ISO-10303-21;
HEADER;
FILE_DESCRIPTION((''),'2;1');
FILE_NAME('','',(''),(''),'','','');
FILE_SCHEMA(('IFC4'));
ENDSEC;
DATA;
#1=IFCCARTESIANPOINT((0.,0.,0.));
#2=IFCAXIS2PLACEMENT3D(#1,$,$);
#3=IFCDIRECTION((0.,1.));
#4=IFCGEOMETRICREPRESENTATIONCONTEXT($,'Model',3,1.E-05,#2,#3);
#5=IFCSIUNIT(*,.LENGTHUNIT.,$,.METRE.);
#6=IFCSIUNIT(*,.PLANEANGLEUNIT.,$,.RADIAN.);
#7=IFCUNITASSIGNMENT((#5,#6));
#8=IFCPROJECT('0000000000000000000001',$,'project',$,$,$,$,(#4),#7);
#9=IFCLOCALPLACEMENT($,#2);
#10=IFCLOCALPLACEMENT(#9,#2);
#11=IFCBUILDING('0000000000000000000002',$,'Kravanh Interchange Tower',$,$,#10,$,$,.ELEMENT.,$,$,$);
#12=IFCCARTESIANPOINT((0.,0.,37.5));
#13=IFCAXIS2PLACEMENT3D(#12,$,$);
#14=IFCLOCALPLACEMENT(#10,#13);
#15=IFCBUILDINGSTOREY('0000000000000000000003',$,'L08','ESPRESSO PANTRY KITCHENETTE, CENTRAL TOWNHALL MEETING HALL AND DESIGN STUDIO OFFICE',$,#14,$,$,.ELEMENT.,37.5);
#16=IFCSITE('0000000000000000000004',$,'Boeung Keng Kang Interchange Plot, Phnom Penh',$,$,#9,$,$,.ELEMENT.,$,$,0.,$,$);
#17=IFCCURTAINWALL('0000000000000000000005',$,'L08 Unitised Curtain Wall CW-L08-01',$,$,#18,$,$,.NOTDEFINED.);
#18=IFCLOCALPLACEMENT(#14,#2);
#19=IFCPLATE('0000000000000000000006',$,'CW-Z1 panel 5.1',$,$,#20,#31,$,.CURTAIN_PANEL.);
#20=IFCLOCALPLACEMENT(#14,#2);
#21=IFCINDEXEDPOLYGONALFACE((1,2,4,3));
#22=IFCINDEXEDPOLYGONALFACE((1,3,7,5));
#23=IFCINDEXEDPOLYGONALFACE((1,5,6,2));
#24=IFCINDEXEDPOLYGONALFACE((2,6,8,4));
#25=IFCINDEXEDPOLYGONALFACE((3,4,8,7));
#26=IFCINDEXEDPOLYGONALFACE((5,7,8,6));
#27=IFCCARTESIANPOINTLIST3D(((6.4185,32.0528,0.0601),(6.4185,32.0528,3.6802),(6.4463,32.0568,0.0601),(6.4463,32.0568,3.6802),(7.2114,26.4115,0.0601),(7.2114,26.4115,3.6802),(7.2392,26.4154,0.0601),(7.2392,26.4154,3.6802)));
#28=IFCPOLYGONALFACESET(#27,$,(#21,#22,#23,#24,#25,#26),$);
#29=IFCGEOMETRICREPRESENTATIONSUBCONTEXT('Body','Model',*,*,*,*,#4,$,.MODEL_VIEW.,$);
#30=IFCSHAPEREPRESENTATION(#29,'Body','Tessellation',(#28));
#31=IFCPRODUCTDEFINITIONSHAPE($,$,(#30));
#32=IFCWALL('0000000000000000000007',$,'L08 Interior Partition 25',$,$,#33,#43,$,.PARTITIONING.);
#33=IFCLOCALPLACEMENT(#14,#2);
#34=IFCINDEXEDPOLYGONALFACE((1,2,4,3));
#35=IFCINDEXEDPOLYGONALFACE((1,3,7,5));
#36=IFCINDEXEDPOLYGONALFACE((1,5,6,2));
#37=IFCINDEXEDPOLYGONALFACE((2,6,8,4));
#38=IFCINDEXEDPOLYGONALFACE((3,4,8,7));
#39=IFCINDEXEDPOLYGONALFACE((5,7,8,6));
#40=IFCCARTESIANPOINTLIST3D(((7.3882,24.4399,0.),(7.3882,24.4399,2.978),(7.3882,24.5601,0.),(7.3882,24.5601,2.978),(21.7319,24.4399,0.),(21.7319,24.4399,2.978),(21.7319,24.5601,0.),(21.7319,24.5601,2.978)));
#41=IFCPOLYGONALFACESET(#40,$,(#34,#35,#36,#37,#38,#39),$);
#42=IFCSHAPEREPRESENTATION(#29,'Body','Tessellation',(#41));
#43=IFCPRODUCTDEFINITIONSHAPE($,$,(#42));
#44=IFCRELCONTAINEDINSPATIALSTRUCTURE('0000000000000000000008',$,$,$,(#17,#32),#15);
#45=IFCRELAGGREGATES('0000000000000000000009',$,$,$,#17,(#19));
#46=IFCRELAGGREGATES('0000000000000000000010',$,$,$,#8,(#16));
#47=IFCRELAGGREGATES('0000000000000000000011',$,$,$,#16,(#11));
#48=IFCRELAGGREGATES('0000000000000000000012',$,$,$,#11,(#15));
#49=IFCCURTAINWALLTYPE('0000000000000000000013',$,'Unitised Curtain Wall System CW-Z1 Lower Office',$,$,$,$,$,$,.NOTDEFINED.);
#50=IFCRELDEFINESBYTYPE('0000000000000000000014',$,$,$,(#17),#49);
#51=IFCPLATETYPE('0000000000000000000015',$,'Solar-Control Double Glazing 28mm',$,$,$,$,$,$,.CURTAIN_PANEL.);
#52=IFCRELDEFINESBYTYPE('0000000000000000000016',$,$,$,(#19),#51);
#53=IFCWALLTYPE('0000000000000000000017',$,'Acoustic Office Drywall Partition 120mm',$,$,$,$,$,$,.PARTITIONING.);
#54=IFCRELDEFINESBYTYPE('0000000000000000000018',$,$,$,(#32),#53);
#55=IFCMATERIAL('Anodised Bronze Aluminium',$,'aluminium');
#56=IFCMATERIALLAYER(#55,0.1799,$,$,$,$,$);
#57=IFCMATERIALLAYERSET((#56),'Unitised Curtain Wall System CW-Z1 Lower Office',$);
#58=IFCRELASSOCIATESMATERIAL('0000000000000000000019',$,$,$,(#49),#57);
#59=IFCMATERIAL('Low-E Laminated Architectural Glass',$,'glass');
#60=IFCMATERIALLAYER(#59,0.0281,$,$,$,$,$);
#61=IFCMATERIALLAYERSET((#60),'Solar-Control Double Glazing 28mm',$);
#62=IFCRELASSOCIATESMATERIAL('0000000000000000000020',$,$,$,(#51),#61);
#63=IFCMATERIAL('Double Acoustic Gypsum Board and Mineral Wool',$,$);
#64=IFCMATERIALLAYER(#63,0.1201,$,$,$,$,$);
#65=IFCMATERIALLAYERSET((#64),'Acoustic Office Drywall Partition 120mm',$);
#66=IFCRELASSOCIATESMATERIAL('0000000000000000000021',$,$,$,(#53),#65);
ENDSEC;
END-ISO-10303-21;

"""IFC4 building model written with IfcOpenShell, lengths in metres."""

from ifc_helpers import new_model, si_unit, direction, frame, frame_2d, origin, origin_2d, place, context, subcontext, project, spatial, rectangle, extrude, material, layer, layer_set, type_object, element, aggregate, save


model = new_model("IFC4")

# Units and contexts
model_context = context("Model", 3, precision=1e-05, world=origin(), true_north=direction((0.0, 1.0)))
body_context = subcontext(model_context, "Body", "Model", "MODEL_VIEW")
ifc_project = project(units=[si_unit("LENGTHUNIT", "METRE"), si_unit("PLANEANGLEUNIT", "RADIAN")], contexts=[model_context])

# Site, building, storey
site_placement = place(None, origin())
site = spatial("IfcSite", under=ifc_project, at=site_placement, Name="Boeung Keng Kang Interchange Plot, Phnom Penh", CompositionType="ELEMENT", RefElevation=0.0)
building_placement = place(site_placement, origin())
building = spatial("IfcBuilding", under=site, at=building_placement, Name="Kravanh Interchange Tower", CompositionType="ELEMENT")
storey_placement = place(building_placement, frame((0.0, 0.0, 37.5)))
storey = spatial("IfcBuildingStorey", under=building, at=storey_placement, Name="L08", Description="ESPRESSO PANTRY KITCHENETTE, CENTRAL TOWNHALL MEETING HALL AND DESIGN STUDIO OFFICE", CompositionType="ELEMENT", Elevation=37.5)

# Curtain wall
ifc_material_1 = material(Name="Anodised Bronze Aluminium", Category="aluminium")
ifc_layer_1 = layer(ifc_material_1, 0.1799)
ifc_layer_set_1 = layer_set([ifc_layer_1], Name="Unitised Curtain Wall System CW-Z1 Lower Office")
curtain_wall_type = type_object("IfcCurtainWallType", Name="Unitised Curtain Wall System CW-Z1 Lower Office", PredefinedType="NOTDEFINED", material=ifc_layer_set_1)
curtain_wall_placement = place(storey_placement, origin())
curtain_wall = element("IfcCurtainWall", 1, at=curtain_wall_placement, inside=storey, type_object=curtain_wall_type, Name="L08 Unitised Curtain Wall CW-L08-01", PredefinedType="NOTDEFINED")

# Plate
ifc_material_2 = material(Name="Low-E Laminated Architectural Glass", Category="glass")
ifc_layer_2 = layer(ifc_material_2, 0.0281)
ifc_layer_set_2 = layer_set([ifc_layer_2], Name="Solar-Control Double Glazing 28mm")
plate_type = type_object("IfcPlateType", Name="Solar-Control Double Glazing 28mm", PredefinedType="CURTAIN_PANEL", material=ifc_layer_set_2)
plate_1_placement = place(storey_placement, frame((6.8289, 29.2341, 0.0601), z_axis=(0.0, 0.0, 1.0), x_axis=(-0.139177, 0.990268, 0.0)))
plate_1 = element("IfcPlate", 2, at=plate_1_placement, type_object=plate_type, Name="CW-Z1 panel 5.1", PredefinedType="CURTAIN_PANEL", context=body_context, shape_type="SweptSolid", body=[
    extrude(rectangle(XDim=5.6968, YDim=0.0281, at=origin_2d()), origin(), (0.0, 0.0, 1.0), 3.6201),
])
aggregate(curtain_wall, [plate_1])

# Wall
ifc_material_3 = material(Name="Double Acoustic Gypsum Board and Mineral Wool")
ifc_layer_3 = layer(ifc_material_3, 0.1201)
ifc_layer_set_3 = layer_set([ifc_layer_3], Name="Acoustic Office Drywall Partition 120mm")
wall_type = type_object("IfcWallType", Name="Acoustic Office Drywall Partition 120mm", PredefinedType="PARTITIONING", material=ifc_layer_set_3)
wall_placement = place(storey_placement, frame((7.3882, 24.5, 0.0), z_axis=(0.0, 0.0, 1.0), x_axis=(1.0, 0.0, 0.0)))
element("IfcWall", 3, at=wall_placement, inside=storey, type_object=wall_type, Name="L08 Interior Partition 25", PredefinedType="PARTITIONING", context=body_context, shape_type="SweptSolid", body=[
    extrude(rectangle(XDim=14.3438, YDim=0.1201, at=frame_2d((7.1719, 0.0))), origin(), (0.0, 0.0, 1.0), 2.978),
])

save(model, "model.ifc")
